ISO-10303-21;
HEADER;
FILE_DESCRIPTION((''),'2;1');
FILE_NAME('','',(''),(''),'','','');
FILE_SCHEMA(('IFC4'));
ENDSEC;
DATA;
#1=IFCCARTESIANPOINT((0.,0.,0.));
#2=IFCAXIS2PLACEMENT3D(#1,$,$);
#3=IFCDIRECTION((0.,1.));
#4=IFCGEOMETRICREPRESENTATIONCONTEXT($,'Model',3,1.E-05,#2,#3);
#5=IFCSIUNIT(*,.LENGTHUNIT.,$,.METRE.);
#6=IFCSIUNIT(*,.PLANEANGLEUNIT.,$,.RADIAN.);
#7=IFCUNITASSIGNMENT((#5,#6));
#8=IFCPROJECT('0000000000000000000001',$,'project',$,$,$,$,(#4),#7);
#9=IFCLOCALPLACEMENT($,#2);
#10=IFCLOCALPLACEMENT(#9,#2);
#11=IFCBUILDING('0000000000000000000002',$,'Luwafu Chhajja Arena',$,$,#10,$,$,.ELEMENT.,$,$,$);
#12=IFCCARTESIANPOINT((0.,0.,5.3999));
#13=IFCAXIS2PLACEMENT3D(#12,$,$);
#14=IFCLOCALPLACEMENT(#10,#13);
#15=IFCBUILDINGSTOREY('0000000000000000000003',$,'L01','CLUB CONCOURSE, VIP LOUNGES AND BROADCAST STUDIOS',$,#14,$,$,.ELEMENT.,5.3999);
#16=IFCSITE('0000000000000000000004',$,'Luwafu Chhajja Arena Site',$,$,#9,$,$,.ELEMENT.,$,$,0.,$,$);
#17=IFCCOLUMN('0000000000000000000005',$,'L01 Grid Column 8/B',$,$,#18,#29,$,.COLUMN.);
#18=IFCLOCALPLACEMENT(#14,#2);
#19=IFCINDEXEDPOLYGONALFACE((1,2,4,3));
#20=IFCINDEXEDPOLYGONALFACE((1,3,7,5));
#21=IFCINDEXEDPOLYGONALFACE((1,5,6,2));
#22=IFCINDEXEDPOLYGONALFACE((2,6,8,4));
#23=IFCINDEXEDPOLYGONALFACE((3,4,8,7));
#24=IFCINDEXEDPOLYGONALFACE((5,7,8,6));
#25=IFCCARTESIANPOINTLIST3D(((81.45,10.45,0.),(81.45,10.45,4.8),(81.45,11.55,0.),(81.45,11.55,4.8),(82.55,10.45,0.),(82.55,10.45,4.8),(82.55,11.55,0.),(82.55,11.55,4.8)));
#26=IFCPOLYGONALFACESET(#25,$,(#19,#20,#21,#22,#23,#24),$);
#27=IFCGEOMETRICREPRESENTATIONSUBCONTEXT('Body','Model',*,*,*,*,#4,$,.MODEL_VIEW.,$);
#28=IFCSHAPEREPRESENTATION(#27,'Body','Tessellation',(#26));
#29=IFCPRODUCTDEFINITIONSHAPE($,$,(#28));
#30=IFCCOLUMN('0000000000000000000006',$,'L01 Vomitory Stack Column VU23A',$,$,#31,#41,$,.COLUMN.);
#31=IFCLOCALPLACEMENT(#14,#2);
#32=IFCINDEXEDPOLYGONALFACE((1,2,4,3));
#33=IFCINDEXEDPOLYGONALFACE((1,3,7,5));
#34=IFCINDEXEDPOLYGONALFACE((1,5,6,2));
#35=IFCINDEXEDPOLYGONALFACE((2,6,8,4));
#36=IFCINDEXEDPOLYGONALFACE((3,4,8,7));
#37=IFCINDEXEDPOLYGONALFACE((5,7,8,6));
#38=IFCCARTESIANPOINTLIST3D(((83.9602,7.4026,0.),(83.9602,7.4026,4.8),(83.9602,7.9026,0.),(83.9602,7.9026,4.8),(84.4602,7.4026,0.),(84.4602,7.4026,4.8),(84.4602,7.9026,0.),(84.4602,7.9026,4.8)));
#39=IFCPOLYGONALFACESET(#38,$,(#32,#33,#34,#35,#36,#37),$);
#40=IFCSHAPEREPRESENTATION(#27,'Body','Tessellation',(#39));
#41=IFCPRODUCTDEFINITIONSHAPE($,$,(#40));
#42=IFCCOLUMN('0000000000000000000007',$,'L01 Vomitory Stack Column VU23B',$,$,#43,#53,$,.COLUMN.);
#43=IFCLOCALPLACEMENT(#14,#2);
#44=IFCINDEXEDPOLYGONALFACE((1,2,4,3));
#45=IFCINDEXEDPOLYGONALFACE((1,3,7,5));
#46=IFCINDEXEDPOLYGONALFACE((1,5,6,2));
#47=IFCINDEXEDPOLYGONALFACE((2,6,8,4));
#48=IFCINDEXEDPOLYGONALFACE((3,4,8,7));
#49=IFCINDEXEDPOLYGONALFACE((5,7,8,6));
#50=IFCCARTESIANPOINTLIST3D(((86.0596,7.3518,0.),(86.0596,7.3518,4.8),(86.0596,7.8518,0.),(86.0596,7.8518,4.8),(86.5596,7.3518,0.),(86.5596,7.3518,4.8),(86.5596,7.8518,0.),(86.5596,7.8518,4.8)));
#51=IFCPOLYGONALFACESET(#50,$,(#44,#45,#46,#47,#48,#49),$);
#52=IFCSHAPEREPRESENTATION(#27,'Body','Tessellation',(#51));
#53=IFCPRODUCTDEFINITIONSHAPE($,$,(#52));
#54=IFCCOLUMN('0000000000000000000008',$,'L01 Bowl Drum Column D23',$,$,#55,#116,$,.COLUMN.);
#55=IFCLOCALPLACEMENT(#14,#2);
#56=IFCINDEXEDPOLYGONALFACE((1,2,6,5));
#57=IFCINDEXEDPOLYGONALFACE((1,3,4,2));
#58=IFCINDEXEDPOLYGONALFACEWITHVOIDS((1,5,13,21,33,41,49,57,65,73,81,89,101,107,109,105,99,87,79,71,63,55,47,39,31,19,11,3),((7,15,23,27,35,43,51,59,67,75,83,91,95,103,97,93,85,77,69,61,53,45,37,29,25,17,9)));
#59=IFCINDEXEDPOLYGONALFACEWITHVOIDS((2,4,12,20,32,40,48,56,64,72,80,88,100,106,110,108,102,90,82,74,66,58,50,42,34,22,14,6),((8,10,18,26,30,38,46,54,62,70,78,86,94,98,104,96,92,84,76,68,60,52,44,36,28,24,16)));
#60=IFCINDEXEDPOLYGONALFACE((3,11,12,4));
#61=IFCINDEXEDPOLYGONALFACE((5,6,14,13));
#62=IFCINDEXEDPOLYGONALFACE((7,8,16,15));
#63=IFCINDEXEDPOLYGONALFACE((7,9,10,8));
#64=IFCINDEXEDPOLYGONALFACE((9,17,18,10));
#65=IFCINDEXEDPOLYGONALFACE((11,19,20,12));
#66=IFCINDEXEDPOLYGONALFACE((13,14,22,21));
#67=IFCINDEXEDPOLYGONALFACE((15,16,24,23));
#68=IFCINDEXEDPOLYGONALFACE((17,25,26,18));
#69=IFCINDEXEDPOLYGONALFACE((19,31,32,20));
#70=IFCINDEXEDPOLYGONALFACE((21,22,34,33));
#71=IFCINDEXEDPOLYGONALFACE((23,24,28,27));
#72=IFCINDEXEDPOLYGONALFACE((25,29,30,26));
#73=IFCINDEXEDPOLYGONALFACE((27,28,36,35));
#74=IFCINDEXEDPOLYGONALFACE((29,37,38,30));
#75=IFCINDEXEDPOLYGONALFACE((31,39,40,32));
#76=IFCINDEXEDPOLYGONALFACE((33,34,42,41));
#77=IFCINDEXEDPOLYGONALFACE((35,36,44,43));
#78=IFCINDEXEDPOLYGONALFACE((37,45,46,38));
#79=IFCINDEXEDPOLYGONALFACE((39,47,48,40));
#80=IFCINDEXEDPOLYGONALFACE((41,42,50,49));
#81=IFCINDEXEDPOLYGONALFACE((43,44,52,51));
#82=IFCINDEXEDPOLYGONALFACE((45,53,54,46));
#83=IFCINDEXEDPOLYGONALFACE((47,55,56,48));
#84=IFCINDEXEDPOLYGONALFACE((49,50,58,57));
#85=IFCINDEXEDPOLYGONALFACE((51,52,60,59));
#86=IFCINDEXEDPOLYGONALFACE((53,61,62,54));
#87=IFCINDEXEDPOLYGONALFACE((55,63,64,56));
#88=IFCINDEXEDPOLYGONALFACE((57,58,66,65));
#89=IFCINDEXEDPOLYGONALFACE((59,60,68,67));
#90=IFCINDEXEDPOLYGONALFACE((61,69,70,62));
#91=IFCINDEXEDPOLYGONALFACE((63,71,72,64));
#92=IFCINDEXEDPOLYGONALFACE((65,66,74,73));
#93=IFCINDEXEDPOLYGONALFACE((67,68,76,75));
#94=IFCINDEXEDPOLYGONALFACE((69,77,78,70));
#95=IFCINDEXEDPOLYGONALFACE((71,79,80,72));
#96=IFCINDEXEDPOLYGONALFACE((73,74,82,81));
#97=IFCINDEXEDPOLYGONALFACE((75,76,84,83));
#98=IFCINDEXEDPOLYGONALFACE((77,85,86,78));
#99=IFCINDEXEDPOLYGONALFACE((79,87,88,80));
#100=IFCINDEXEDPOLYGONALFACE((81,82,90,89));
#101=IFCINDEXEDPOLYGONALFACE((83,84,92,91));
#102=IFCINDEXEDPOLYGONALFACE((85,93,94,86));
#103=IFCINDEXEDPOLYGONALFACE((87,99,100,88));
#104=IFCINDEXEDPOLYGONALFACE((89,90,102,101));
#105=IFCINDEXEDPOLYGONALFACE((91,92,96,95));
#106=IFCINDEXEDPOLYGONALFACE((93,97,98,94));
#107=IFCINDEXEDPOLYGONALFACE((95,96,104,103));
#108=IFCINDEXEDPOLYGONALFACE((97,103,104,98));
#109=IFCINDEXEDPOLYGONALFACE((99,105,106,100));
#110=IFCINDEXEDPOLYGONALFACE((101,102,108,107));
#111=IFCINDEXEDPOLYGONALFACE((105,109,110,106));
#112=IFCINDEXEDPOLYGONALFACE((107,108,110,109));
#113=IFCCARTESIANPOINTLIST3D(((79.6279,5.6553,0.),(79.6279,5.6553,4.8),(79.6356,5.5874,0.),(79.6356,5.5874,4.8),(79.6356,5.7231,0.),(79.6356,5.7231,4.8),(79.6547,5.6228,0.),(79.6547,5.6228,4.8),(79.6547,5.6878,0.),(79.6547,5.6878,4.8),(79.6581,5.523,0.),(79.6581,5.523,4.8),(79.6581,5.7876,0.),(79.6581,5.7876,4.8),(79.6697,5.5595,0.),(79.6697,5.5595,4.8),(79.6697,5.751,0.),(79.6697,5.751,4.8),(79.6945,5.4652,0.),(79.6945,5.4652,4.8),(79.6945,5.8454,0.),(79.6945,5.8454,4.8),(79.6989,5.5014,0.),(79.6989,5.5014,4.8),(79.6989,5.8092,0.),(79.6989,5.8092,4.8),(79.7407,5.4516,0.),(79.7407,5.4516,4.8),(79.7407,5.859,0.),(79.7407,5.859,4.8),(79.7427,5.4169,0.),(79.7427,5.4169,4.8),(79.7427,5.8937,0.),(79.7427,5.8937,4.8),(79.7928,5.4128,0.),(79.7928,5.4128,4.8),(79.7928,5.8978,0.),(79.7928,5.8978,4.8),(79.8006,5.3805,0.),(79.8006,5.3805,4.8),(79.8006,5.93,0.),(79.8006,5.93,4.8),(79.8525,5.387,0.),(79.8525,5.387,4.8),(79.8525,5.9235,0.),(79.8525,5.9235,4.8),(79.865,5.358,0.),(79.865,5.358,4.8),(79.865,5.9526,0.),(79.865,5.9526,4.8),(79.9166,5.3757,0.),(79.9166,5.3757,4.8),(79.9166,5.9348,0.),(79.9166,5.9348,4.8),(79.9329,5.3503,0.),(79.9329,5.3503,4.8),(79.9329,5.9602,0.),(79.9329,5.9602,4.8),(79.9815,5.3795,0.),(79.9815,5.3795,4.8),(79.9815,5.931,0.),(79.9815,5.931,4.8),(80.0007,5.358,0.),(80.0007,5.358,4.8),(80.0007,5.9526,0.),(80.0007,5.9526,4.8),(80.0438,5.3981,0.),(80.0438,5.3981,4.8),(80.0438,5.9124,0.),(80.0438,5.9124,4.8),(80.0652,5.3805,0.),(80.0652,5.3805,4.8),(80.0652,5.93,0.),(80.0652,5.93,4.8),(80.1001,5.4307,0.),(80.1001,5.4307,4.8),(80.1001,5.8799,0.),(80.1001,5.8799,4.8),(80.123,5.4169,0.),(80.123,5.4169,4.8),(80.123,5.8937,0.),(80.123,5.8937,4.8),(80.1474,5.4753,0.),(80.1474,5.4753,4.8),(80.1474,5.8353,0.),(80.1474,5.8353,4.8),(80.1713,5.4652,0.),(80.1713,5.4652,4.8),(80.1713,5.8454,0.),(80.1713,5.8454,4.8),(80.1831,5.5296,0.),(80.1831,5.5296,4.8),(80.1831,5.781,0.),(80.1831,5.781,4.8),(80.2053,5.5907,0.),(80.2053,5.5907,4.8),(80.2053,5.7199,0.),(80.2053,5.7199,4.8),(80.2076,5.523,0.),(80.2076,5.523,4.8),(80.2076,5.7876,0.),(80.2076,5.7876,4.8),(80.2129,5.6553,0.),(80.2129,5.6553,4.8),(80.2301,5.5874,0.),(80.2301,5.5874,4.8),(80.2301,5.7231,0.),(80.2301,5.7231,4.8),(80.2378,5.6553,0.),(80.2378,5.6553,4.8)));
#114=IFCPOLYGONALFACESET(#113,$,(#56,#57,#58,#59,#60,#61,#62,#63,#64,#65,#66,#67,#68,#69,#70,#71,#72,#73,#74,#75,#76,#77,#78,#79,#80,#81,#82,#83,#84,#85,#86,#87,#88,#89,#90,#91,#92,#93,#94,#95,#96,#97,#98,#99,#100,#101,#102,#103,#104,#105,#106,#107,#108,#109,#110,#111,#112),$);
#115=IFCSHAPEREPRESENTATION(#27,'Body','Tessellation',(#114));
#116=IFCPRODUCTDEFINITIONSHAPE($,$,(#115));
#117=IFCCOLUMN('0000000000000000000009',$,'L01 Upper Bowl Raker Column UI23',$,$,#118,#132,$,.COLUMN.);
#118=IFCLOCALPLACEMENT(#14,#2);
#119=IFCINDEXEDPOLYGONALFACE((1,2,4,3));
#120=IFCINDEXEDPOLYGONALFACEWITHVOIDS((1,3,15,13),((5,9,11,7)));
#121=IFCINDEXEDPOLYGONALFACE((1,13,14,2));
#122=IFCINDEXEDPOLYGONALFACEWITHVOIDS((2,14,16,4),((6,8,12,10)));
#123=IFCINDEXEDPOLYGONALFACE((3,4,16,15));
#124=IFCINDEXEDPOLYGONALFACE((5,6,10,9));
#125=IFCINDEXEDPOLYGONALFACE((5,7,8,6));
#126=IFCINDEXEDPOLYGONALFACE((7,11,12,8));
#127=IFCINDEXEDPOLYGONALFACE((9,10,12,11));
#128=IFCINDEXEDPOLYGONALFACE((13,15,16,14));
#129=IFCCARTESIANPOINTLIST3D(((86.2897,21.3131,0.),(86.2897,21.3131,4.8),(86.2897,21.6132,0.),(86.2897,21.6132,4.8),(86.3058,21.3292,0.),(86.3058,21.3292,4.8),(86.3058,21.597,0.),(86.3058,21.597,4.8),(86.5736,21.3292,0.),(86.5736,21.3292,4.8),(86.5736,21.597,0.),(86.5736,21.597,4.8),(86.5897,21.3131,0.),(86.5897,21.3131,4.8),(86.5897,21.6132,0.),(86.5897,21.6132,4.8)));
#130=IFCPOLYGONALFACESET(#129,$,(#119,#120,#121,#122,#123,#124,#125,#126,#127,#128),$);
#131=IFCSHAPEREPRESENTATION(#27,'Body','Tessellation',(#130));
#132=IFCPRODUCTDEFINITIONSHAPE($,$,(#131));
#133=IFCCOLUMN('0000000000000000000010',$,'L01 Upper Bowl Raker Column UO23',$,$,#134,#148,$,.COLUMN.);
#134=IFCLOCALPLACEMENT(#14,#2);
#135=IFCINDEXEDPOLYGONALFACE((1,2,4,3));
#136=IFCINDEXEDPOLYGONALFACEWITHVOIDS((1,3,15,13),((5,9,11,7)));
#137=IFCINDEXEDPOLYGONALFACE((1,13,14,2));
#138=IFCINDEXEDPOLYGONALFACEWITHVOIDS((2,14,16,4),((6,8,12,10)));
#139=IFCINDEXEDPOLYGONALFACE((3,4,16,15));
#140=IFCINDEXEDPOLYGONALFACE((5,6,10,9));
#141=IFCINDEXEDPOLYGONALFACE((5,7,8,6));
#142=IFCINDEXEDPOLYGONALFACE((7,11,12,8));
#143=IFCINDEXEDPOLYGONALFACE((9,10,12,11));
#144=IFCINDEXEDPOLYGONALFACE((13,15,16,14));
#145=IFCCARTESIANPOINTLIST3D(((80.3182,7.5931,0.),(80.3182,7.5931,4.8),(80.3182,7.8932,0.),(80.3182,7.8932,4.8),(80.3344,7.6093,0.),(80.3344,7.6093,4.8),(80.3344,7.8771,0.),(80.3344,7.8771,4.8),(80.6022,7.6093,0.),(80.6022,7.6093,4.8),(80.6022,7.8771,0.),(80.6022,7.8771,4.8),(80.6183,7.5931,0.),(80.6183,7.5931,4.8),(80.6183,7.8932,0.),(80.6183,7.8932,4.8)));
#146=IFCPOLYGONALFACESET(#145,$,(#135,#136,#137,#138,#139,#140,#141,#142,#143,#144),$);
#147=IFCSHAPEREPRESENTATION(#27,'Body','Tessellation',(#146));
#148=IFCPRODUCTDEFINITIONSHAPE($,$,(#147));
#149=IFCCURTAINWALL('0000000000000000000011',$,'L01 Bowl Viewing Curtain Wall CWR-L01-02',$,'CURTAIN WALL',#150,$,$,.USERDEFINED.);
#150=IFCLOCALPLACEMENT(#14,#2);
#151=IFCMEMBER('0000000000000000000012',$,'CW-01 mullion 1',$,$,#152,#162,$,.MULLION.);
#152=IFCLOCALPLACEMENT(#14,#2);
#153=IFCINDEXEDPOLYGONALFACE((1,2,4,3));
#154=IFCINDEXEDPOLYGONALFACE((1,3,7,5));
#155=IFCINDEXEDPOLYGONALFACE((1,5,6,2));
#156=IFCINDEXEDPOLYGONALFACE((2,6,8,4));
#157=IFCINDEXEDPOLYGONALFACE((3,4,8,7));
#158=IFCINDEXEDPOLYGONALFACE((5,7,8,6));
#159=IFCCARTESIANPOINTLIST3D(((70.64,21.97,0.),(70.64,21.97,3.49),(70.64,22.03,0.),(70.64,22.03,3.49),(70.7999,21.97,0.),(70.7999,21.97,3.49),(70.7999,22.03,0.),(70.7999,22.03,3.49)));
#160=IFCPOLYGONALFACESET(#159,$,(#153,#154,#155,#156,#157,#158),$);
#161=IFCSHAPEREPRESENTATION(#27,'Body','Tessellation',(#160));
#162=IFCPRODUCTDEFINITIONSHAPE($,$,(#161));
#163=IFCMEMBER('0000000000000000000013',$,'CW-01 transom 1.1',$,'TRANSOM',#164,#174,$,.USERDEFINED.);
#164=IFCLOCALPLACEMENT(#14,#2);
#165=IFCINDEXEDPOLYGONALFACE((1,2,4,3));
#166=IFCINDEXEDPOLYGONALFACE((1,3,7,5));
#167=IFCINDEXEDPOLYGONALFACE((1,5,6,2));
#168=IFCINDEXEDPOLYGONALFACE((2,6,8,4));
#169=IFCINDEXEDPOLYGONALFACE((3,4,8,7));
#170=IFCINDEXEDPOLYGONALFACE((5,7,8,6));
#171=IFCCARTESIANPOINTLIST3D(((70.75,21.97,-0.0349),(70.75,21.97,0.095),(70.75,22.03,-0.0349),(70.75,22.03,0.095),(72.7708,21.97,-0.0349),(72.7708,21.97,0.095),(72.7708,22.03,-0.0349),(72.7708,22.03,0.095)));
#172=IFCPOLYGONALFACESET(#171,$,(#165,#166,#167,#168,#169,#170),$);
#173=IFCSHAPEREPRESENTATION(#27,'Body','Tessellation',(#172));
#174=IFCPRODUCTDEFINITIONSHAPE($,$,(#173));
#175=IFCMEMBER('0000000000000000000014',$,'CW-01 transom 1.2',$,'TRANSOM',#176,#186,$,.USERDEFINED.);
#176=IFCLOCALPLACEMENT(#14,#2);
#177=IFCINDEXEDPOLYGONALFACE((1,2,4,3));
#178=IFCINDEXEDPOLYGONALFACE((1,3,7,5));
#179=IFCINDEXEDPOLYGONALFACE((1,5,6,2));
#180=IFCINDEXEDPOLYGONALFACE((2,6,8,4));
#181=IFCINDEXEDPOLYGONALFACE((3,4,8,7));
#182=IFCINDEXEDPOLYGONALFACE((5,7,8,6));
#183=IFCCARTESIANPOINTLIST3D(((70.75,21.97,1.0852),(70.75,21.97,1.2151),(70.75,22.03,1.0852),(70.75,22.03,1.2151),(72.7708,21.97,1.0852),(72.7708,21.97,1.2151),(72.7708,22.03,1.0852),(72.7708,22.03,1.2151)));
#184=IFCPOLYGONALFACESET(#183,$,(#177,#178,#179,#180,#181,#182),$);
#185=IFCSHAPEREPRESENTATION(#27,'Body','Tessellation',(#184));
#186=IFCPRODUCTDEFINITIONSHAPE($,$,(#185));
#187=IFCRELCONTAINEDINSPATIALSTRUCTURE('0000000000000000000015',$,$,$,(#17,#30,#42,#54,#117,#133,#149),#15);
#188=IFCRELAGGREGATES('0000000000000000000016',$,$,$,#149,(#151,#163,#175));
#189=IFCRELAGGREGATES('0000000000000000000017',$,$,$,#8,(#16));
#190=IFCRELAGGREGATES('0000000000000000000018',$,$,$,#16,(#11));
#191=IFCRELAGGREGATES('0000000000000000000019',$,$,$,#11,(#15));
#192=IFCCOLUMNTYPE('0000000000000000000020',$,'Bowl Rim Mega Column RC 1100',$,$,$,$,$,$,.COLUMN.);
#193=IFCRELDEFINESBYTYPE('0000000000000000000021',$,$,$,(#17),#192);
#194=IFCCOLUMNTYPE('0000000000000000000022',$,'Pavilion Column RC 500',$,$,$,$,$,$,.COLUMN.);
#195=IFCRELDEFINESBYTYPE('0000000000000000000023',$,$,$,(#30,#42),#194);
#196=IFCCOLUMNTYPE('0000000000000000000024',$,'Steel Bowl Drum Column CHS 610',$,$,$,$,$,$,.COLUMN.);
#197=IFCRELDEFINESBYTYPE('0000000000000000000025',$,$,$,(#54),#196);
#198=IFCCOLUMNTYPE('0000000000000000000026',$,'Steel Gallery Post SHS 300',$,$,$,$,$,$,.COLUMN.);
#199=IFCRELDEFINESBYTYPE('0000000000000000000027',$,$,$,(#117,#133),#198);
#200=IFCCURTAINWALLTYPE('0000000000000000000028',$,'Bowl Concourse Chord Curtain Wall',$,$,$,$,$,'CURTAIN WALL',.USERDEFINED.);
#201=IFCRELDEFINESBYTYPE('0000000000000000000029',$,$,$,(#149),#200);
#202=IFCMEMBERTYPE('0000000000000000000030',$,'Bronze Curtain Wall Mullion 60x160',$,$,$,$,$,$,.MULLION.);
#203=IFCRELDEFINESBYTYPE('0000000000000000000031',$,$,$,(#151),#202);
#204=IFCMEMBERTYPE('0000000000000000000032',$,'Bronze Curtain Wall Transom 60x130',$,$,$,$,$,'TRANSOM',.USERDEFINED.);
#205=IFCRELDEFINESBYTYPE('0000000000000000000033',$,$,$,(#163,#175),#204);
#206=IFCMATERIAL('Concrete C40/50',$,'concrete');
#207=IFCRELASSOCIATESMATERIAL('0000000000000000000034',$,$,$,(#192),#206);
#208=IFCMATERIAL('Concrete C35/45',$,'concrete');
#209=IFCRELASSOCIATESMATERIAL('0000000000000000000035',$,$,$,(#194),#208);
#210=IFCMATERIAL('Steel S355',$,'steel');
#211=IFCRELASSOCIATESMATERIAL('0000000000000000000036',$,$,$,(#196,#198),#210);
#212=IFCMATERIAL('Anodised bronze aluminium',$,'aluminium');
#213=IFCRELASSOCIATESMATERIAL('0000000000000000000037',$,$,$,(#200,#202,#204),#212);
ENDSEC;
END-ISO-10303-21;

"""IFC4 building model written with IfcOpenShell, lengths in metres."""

from ifc_helpers import new_model, si_unit, direction, frame, origin, origin_2d, place, context, subcontext, project, spatial, rectangle, hollow_rectangle, hollow_circle, extrude, material, material_profile, profile_set, type_object, element, aggregate, save


model = new_model("IFC4")

# Units and contexts
model_context = context("Model", 3, precision=1e-05, world=origin(), true_north=direction((0.0, 1.0)))
body_context = subcontext(model_context, "Body", "Model", "MODEL_VIEW")
ifc_project = project(units=[si_unit("LENGTHUNIT", "METRE"), si_unit("PLANEANGLEUNIT", "RADIAN")], contexts=[model_context])

# Site, building, storey
site_placement = place(None, origin())
site = spatial("IfcSite", under=ifc_project, at=site_placement, Name="Luwafu Chhajja Arena Site", CompositionType="ELEMENT", RefElevation=0.0)
building_placement = place(site_placement, origin())
building = spatial("IfcBuilding", under=site, at=building_placement, Name="Luwafu Chhajja Arena", CompositionType="ELEMENT")
storey_placement = place(building_placement, frame((0.0, 0.0, 5.3999)))
storey = spatial("IfcBuildingStorey", under=building, at=storey_placement, Name="L01", Description="CLUB CONCOURSE, VIP LOUNGES AND BROADCAST STUDIOS", CompositionType="ELEMENT", Elevation=5.3999)

# Columns
ifc_material_1 = material(Name="Concrete C40/50", Category="concrete")
ifc_material_profile_1 = material_profile(ifc_material_1, rectangle(XDim=1.1001, YDim=1.1001, at=origin_2d()), Name="RC 1100x1100")
ifc_profile_set_1 = profile_set([ifc_material_profile_1], Name="Concrete C40/50")
column_type_1 = type_object("IfcColumnType", Name="Bowl Rim Mega Column RC 1100", PredefinedType="COLUMN", material=ifc_profile_set_1)
column_1_placement = place(storey_placement, frame((82.0, 11.0, 0.0), z_axis=(0.0, 0.0, 1.0), x_axis=(1.0, 0.0, 0.0)))
element("IfcColumn", 1, at=column_1_placement, inside=storey, type_object=column_type_1, Name="L01 Grid Column 8/B", PredefinedType="COLUMN", context=body_context, shape_type="SweptSolid", body=[
    extrude(rectangle(XDim=1.1001, YDim=1.1001, at=origin_2d()), origin(), (0.0, 0.0, 1.0), 4.8),
])
ifc_material_2 = material(Name="Concrete C35/45", Category="concrete")
ifc_material_profile_2 = material_profile(ifc_material_2, rectangle(XDim=0.5, YDim=0.5, at=origin_2d()), Name="RC 500x500")
ifc_profile_set_2 = profile_set([ifc_material_profile_2], Name="Concrete C35/45")
column_type_2 = type_object("IfcColumnType", Name="Pavilion Column RC 500", PredefinedType="COLUMN", material=ifc_profile_set_2)
for number, where, z_axis, x_axis, name in (
    (2, (84.2102, 7.6526, 0.0), (0.0, 0.0, 1.0), (1.0, 0.0, 0.0), "L01 Vomitory Stack Column VU23A"),
    (3, (86.3096, 7.6018, 0.0), (0.0, 0.0, 1.0), (1.0, 0.0, 0.0), "L01 Vomitory Stack Column VU23B"),
):
    element("IfcColumn", number, at=place(storey_placement, frame(where, z_axis=z_axis, x_axis=x_axis)), inside=storey, type_object=column_type_2, Name=name, PredefinedType="COLUMN", context=body_context, shape_type="SweptSolid", body=[
        extrude(rectangle(XDim=0.5, YDim=0.5, at=origin_2d()), origin(), (0.0, 0.0, 1.0), 4.8),
    ])
ifc_material_3 = material(Name="Steel S355", Category="steel")
ifc_material_profile_3 = material_profile(ifc_material_3, hollow_circle(Radius=0.3049, WallThickness=0.0249, at=origin_2d()), Name="CHS 610x25")
ifc_profile_set_3 = profile_set([ifc_material_profile_3], Name="Steel S355")
column_type_3 = type_object("IfcColumnType", Name="Steel Bowl Drum Column CHS 610", PredefinedType="COLUMN", material=ifc_profile_set_3)
column_2_placement = place(storey_placement, frame((79.9329, 5.6553, 0.0), z_axis=(0.0, 0.0, 1.0), x_axis=(1.0, 0.0, 0.0)))
element("IfcColumn", 4, at=column_2_placement, inside=storey, type_object=column_type_3, Name="L01 Bowl Drum Column D23", PredefinedType="COLUMN", context=body_context, shape_type="SweptSolid", body=[
    extrude(hollow_circle(Radius=0.3049, WallThickness=0.0249, at=origin_2d()), origin(), (0.0, 0.0, 1.0), 4.8),
])
ifc_material_profile_4 = material_profile(ifc_material_3, hollow_rectangle(XDim=0.3, YDim=0.3, WallThickness=0.0161, at=origin_2d()), Name="SHS 300x300x16")
ifc_profile_set_4 = profile_set([ifc_material_profile_4], Name="Steel S355")
column_type_4 = type_object("IfcColumnType", Name="Steel Gallery Post SHS 300", PredefinedType="COLUMN", material=ifc_profile_set_4)
for number, where, z_axis, x_axis, name in (
    (5, (86.4397, 21.4631, 0.0), (0.0, 0.0, 1.0), (1.0, 0.0, 0.0), "L01 Upper Bowl Raker Column UI23"),
    (6, (80.4683, 7.7432, 0.0), (0.0, 0.0, 1.0), (1.0, 0.0, 0.0), "L01 Upper Bowl Raker Column UO23"),
):
    element("IfcColumn", number, at=place(storey_placement, frame(where, z_axis=z_axis, x_axis=x_axis)), inside=storey, type_object=column_type_4, Name=name, PredefinedType="COLUMN", context=body_context, shape_type="SweptSolid", body=[
        extrude(hollow_rectangle(XDim=0.3, YDim=0.3, WallThickness=0.0161, at=origin_2d()), origin(), (0.0, 0.0, 1.0), 4.8),
    ])

# Curtain wall, members
ifc_material_4 = material(Name="Anodised bronze aluminium", Category="aluminium")
curtain_wall_type = type_object("IfcCurtainWallType", Name="Bowl Concourse Chord Curtain Wall", ElementType="CURTAIN WALL", PredefinedType="USERDEFINED", material=ifc_material_4)
curtain_wall_placement = place(storey_placement, origin())
curtain_wall = element("IfcCurtainWall", 7, at=curtain_wall_placement, inside=storey, type_object=curtain_wall_type, Name="L01 Bowl Viewing Curtain Wall CWR-L01-02", ObjectType="CURTAIN WALL", PredefinedType="USERDEFINED")
ifc_material_profile_5 = material_profile(ifc_material_4, rectangle(XDim=0.0601, YDim=0.1599, at=origin_2d()), Name="CWM 60x160")
ifc_profile_set_5 = profile_set([ifc_material_profile_5], Name="Anodised bronze aluminium")
member_type_1 = type_object("IfcMemberType", Name="Bronze Curtain Wall Mullion 60x160", PredefinedType="MULLION", material=ifc_profile_set_5)
member_1_placement = place(storey_placement, frame((70.72, 22.0, 0.0), z_axis=(0.0, 0.0, 1.0), x_axis=(0.0, 1.0, 0.0)))
member_1 = element("IfcMember", 8, at=member_1_placement, type_object=member_type_1, Name="CW-01 mullion 1", PredefinedType="MULLION", context=body_context, shape_type="SweptSolid", body=[
    extrude(rectangle(XDim=0.0601, YDim=0.1599, at=origin_2d()), origin(), (0.0, 0.0, 1.0), 3.49),
])
ifc_material_profile_6 = material_profile(ifc_material_4, rectangle(XDim=0.0601, YDim=0.1299, at=origin_2d()), Name="CWT 60x130")
ifc_profile_set_6 = profile_set([ifc_material_profile_6], Name="Anodised bronze aluminium")
member_type_2 = type_object("IfcMemberType", Name="Bronze Curtain Wall Transom 60x130", ElementType="TRANSOM", PredefinedType="USERDEFINED", material=ifc_profile_set_6)
member_2_placement = place(storey_placement, frame((70.75, 22.0, 0.03), z_axis=(1.0, 0.0, 0.0), x_axis=(0.0, 1.0, 0.0)))
member_2 = element("IfcMember", 9, at=member_2_placement, type_object=member_type_2, Name="CW-01 transom 1.1", ObjectType="TRANSOM", PredefinedType="USERDEFINED", context=body_context, shape_type="SweptSolid", body=[
    extrude(rectangle(XDim=0.0601, YDim=0.1299, at=origin_2d()), origin(), (0.0, 0.0, 1.0), 2.0208),
])
member_3_placement = place(storey_placement, frame((70.75, 22.0, 1.1501), z_axis=(1.0, 0.0, 0.0), x_axis=(0.0, 1.0, 0.0)))
member_3 = element("IfcMember", 10, at=member_3_placement, type_object=member_type_2, Name="CW-01 transom 1.2", ObjectType="TRANSOM", PredefinedType="USERDEFINED", context=body_context, shape_type="SweptSolid", body=[
    extrude(rectangle(XDim=0.0601, YDim=0.1299, at=origin_2d()), origin(), (0.0, 0.0, 1.0), 2.0208),
])

aggregate(curtain_wall, [member_1, member_2, member_3])

save(model, "model.ifc")
